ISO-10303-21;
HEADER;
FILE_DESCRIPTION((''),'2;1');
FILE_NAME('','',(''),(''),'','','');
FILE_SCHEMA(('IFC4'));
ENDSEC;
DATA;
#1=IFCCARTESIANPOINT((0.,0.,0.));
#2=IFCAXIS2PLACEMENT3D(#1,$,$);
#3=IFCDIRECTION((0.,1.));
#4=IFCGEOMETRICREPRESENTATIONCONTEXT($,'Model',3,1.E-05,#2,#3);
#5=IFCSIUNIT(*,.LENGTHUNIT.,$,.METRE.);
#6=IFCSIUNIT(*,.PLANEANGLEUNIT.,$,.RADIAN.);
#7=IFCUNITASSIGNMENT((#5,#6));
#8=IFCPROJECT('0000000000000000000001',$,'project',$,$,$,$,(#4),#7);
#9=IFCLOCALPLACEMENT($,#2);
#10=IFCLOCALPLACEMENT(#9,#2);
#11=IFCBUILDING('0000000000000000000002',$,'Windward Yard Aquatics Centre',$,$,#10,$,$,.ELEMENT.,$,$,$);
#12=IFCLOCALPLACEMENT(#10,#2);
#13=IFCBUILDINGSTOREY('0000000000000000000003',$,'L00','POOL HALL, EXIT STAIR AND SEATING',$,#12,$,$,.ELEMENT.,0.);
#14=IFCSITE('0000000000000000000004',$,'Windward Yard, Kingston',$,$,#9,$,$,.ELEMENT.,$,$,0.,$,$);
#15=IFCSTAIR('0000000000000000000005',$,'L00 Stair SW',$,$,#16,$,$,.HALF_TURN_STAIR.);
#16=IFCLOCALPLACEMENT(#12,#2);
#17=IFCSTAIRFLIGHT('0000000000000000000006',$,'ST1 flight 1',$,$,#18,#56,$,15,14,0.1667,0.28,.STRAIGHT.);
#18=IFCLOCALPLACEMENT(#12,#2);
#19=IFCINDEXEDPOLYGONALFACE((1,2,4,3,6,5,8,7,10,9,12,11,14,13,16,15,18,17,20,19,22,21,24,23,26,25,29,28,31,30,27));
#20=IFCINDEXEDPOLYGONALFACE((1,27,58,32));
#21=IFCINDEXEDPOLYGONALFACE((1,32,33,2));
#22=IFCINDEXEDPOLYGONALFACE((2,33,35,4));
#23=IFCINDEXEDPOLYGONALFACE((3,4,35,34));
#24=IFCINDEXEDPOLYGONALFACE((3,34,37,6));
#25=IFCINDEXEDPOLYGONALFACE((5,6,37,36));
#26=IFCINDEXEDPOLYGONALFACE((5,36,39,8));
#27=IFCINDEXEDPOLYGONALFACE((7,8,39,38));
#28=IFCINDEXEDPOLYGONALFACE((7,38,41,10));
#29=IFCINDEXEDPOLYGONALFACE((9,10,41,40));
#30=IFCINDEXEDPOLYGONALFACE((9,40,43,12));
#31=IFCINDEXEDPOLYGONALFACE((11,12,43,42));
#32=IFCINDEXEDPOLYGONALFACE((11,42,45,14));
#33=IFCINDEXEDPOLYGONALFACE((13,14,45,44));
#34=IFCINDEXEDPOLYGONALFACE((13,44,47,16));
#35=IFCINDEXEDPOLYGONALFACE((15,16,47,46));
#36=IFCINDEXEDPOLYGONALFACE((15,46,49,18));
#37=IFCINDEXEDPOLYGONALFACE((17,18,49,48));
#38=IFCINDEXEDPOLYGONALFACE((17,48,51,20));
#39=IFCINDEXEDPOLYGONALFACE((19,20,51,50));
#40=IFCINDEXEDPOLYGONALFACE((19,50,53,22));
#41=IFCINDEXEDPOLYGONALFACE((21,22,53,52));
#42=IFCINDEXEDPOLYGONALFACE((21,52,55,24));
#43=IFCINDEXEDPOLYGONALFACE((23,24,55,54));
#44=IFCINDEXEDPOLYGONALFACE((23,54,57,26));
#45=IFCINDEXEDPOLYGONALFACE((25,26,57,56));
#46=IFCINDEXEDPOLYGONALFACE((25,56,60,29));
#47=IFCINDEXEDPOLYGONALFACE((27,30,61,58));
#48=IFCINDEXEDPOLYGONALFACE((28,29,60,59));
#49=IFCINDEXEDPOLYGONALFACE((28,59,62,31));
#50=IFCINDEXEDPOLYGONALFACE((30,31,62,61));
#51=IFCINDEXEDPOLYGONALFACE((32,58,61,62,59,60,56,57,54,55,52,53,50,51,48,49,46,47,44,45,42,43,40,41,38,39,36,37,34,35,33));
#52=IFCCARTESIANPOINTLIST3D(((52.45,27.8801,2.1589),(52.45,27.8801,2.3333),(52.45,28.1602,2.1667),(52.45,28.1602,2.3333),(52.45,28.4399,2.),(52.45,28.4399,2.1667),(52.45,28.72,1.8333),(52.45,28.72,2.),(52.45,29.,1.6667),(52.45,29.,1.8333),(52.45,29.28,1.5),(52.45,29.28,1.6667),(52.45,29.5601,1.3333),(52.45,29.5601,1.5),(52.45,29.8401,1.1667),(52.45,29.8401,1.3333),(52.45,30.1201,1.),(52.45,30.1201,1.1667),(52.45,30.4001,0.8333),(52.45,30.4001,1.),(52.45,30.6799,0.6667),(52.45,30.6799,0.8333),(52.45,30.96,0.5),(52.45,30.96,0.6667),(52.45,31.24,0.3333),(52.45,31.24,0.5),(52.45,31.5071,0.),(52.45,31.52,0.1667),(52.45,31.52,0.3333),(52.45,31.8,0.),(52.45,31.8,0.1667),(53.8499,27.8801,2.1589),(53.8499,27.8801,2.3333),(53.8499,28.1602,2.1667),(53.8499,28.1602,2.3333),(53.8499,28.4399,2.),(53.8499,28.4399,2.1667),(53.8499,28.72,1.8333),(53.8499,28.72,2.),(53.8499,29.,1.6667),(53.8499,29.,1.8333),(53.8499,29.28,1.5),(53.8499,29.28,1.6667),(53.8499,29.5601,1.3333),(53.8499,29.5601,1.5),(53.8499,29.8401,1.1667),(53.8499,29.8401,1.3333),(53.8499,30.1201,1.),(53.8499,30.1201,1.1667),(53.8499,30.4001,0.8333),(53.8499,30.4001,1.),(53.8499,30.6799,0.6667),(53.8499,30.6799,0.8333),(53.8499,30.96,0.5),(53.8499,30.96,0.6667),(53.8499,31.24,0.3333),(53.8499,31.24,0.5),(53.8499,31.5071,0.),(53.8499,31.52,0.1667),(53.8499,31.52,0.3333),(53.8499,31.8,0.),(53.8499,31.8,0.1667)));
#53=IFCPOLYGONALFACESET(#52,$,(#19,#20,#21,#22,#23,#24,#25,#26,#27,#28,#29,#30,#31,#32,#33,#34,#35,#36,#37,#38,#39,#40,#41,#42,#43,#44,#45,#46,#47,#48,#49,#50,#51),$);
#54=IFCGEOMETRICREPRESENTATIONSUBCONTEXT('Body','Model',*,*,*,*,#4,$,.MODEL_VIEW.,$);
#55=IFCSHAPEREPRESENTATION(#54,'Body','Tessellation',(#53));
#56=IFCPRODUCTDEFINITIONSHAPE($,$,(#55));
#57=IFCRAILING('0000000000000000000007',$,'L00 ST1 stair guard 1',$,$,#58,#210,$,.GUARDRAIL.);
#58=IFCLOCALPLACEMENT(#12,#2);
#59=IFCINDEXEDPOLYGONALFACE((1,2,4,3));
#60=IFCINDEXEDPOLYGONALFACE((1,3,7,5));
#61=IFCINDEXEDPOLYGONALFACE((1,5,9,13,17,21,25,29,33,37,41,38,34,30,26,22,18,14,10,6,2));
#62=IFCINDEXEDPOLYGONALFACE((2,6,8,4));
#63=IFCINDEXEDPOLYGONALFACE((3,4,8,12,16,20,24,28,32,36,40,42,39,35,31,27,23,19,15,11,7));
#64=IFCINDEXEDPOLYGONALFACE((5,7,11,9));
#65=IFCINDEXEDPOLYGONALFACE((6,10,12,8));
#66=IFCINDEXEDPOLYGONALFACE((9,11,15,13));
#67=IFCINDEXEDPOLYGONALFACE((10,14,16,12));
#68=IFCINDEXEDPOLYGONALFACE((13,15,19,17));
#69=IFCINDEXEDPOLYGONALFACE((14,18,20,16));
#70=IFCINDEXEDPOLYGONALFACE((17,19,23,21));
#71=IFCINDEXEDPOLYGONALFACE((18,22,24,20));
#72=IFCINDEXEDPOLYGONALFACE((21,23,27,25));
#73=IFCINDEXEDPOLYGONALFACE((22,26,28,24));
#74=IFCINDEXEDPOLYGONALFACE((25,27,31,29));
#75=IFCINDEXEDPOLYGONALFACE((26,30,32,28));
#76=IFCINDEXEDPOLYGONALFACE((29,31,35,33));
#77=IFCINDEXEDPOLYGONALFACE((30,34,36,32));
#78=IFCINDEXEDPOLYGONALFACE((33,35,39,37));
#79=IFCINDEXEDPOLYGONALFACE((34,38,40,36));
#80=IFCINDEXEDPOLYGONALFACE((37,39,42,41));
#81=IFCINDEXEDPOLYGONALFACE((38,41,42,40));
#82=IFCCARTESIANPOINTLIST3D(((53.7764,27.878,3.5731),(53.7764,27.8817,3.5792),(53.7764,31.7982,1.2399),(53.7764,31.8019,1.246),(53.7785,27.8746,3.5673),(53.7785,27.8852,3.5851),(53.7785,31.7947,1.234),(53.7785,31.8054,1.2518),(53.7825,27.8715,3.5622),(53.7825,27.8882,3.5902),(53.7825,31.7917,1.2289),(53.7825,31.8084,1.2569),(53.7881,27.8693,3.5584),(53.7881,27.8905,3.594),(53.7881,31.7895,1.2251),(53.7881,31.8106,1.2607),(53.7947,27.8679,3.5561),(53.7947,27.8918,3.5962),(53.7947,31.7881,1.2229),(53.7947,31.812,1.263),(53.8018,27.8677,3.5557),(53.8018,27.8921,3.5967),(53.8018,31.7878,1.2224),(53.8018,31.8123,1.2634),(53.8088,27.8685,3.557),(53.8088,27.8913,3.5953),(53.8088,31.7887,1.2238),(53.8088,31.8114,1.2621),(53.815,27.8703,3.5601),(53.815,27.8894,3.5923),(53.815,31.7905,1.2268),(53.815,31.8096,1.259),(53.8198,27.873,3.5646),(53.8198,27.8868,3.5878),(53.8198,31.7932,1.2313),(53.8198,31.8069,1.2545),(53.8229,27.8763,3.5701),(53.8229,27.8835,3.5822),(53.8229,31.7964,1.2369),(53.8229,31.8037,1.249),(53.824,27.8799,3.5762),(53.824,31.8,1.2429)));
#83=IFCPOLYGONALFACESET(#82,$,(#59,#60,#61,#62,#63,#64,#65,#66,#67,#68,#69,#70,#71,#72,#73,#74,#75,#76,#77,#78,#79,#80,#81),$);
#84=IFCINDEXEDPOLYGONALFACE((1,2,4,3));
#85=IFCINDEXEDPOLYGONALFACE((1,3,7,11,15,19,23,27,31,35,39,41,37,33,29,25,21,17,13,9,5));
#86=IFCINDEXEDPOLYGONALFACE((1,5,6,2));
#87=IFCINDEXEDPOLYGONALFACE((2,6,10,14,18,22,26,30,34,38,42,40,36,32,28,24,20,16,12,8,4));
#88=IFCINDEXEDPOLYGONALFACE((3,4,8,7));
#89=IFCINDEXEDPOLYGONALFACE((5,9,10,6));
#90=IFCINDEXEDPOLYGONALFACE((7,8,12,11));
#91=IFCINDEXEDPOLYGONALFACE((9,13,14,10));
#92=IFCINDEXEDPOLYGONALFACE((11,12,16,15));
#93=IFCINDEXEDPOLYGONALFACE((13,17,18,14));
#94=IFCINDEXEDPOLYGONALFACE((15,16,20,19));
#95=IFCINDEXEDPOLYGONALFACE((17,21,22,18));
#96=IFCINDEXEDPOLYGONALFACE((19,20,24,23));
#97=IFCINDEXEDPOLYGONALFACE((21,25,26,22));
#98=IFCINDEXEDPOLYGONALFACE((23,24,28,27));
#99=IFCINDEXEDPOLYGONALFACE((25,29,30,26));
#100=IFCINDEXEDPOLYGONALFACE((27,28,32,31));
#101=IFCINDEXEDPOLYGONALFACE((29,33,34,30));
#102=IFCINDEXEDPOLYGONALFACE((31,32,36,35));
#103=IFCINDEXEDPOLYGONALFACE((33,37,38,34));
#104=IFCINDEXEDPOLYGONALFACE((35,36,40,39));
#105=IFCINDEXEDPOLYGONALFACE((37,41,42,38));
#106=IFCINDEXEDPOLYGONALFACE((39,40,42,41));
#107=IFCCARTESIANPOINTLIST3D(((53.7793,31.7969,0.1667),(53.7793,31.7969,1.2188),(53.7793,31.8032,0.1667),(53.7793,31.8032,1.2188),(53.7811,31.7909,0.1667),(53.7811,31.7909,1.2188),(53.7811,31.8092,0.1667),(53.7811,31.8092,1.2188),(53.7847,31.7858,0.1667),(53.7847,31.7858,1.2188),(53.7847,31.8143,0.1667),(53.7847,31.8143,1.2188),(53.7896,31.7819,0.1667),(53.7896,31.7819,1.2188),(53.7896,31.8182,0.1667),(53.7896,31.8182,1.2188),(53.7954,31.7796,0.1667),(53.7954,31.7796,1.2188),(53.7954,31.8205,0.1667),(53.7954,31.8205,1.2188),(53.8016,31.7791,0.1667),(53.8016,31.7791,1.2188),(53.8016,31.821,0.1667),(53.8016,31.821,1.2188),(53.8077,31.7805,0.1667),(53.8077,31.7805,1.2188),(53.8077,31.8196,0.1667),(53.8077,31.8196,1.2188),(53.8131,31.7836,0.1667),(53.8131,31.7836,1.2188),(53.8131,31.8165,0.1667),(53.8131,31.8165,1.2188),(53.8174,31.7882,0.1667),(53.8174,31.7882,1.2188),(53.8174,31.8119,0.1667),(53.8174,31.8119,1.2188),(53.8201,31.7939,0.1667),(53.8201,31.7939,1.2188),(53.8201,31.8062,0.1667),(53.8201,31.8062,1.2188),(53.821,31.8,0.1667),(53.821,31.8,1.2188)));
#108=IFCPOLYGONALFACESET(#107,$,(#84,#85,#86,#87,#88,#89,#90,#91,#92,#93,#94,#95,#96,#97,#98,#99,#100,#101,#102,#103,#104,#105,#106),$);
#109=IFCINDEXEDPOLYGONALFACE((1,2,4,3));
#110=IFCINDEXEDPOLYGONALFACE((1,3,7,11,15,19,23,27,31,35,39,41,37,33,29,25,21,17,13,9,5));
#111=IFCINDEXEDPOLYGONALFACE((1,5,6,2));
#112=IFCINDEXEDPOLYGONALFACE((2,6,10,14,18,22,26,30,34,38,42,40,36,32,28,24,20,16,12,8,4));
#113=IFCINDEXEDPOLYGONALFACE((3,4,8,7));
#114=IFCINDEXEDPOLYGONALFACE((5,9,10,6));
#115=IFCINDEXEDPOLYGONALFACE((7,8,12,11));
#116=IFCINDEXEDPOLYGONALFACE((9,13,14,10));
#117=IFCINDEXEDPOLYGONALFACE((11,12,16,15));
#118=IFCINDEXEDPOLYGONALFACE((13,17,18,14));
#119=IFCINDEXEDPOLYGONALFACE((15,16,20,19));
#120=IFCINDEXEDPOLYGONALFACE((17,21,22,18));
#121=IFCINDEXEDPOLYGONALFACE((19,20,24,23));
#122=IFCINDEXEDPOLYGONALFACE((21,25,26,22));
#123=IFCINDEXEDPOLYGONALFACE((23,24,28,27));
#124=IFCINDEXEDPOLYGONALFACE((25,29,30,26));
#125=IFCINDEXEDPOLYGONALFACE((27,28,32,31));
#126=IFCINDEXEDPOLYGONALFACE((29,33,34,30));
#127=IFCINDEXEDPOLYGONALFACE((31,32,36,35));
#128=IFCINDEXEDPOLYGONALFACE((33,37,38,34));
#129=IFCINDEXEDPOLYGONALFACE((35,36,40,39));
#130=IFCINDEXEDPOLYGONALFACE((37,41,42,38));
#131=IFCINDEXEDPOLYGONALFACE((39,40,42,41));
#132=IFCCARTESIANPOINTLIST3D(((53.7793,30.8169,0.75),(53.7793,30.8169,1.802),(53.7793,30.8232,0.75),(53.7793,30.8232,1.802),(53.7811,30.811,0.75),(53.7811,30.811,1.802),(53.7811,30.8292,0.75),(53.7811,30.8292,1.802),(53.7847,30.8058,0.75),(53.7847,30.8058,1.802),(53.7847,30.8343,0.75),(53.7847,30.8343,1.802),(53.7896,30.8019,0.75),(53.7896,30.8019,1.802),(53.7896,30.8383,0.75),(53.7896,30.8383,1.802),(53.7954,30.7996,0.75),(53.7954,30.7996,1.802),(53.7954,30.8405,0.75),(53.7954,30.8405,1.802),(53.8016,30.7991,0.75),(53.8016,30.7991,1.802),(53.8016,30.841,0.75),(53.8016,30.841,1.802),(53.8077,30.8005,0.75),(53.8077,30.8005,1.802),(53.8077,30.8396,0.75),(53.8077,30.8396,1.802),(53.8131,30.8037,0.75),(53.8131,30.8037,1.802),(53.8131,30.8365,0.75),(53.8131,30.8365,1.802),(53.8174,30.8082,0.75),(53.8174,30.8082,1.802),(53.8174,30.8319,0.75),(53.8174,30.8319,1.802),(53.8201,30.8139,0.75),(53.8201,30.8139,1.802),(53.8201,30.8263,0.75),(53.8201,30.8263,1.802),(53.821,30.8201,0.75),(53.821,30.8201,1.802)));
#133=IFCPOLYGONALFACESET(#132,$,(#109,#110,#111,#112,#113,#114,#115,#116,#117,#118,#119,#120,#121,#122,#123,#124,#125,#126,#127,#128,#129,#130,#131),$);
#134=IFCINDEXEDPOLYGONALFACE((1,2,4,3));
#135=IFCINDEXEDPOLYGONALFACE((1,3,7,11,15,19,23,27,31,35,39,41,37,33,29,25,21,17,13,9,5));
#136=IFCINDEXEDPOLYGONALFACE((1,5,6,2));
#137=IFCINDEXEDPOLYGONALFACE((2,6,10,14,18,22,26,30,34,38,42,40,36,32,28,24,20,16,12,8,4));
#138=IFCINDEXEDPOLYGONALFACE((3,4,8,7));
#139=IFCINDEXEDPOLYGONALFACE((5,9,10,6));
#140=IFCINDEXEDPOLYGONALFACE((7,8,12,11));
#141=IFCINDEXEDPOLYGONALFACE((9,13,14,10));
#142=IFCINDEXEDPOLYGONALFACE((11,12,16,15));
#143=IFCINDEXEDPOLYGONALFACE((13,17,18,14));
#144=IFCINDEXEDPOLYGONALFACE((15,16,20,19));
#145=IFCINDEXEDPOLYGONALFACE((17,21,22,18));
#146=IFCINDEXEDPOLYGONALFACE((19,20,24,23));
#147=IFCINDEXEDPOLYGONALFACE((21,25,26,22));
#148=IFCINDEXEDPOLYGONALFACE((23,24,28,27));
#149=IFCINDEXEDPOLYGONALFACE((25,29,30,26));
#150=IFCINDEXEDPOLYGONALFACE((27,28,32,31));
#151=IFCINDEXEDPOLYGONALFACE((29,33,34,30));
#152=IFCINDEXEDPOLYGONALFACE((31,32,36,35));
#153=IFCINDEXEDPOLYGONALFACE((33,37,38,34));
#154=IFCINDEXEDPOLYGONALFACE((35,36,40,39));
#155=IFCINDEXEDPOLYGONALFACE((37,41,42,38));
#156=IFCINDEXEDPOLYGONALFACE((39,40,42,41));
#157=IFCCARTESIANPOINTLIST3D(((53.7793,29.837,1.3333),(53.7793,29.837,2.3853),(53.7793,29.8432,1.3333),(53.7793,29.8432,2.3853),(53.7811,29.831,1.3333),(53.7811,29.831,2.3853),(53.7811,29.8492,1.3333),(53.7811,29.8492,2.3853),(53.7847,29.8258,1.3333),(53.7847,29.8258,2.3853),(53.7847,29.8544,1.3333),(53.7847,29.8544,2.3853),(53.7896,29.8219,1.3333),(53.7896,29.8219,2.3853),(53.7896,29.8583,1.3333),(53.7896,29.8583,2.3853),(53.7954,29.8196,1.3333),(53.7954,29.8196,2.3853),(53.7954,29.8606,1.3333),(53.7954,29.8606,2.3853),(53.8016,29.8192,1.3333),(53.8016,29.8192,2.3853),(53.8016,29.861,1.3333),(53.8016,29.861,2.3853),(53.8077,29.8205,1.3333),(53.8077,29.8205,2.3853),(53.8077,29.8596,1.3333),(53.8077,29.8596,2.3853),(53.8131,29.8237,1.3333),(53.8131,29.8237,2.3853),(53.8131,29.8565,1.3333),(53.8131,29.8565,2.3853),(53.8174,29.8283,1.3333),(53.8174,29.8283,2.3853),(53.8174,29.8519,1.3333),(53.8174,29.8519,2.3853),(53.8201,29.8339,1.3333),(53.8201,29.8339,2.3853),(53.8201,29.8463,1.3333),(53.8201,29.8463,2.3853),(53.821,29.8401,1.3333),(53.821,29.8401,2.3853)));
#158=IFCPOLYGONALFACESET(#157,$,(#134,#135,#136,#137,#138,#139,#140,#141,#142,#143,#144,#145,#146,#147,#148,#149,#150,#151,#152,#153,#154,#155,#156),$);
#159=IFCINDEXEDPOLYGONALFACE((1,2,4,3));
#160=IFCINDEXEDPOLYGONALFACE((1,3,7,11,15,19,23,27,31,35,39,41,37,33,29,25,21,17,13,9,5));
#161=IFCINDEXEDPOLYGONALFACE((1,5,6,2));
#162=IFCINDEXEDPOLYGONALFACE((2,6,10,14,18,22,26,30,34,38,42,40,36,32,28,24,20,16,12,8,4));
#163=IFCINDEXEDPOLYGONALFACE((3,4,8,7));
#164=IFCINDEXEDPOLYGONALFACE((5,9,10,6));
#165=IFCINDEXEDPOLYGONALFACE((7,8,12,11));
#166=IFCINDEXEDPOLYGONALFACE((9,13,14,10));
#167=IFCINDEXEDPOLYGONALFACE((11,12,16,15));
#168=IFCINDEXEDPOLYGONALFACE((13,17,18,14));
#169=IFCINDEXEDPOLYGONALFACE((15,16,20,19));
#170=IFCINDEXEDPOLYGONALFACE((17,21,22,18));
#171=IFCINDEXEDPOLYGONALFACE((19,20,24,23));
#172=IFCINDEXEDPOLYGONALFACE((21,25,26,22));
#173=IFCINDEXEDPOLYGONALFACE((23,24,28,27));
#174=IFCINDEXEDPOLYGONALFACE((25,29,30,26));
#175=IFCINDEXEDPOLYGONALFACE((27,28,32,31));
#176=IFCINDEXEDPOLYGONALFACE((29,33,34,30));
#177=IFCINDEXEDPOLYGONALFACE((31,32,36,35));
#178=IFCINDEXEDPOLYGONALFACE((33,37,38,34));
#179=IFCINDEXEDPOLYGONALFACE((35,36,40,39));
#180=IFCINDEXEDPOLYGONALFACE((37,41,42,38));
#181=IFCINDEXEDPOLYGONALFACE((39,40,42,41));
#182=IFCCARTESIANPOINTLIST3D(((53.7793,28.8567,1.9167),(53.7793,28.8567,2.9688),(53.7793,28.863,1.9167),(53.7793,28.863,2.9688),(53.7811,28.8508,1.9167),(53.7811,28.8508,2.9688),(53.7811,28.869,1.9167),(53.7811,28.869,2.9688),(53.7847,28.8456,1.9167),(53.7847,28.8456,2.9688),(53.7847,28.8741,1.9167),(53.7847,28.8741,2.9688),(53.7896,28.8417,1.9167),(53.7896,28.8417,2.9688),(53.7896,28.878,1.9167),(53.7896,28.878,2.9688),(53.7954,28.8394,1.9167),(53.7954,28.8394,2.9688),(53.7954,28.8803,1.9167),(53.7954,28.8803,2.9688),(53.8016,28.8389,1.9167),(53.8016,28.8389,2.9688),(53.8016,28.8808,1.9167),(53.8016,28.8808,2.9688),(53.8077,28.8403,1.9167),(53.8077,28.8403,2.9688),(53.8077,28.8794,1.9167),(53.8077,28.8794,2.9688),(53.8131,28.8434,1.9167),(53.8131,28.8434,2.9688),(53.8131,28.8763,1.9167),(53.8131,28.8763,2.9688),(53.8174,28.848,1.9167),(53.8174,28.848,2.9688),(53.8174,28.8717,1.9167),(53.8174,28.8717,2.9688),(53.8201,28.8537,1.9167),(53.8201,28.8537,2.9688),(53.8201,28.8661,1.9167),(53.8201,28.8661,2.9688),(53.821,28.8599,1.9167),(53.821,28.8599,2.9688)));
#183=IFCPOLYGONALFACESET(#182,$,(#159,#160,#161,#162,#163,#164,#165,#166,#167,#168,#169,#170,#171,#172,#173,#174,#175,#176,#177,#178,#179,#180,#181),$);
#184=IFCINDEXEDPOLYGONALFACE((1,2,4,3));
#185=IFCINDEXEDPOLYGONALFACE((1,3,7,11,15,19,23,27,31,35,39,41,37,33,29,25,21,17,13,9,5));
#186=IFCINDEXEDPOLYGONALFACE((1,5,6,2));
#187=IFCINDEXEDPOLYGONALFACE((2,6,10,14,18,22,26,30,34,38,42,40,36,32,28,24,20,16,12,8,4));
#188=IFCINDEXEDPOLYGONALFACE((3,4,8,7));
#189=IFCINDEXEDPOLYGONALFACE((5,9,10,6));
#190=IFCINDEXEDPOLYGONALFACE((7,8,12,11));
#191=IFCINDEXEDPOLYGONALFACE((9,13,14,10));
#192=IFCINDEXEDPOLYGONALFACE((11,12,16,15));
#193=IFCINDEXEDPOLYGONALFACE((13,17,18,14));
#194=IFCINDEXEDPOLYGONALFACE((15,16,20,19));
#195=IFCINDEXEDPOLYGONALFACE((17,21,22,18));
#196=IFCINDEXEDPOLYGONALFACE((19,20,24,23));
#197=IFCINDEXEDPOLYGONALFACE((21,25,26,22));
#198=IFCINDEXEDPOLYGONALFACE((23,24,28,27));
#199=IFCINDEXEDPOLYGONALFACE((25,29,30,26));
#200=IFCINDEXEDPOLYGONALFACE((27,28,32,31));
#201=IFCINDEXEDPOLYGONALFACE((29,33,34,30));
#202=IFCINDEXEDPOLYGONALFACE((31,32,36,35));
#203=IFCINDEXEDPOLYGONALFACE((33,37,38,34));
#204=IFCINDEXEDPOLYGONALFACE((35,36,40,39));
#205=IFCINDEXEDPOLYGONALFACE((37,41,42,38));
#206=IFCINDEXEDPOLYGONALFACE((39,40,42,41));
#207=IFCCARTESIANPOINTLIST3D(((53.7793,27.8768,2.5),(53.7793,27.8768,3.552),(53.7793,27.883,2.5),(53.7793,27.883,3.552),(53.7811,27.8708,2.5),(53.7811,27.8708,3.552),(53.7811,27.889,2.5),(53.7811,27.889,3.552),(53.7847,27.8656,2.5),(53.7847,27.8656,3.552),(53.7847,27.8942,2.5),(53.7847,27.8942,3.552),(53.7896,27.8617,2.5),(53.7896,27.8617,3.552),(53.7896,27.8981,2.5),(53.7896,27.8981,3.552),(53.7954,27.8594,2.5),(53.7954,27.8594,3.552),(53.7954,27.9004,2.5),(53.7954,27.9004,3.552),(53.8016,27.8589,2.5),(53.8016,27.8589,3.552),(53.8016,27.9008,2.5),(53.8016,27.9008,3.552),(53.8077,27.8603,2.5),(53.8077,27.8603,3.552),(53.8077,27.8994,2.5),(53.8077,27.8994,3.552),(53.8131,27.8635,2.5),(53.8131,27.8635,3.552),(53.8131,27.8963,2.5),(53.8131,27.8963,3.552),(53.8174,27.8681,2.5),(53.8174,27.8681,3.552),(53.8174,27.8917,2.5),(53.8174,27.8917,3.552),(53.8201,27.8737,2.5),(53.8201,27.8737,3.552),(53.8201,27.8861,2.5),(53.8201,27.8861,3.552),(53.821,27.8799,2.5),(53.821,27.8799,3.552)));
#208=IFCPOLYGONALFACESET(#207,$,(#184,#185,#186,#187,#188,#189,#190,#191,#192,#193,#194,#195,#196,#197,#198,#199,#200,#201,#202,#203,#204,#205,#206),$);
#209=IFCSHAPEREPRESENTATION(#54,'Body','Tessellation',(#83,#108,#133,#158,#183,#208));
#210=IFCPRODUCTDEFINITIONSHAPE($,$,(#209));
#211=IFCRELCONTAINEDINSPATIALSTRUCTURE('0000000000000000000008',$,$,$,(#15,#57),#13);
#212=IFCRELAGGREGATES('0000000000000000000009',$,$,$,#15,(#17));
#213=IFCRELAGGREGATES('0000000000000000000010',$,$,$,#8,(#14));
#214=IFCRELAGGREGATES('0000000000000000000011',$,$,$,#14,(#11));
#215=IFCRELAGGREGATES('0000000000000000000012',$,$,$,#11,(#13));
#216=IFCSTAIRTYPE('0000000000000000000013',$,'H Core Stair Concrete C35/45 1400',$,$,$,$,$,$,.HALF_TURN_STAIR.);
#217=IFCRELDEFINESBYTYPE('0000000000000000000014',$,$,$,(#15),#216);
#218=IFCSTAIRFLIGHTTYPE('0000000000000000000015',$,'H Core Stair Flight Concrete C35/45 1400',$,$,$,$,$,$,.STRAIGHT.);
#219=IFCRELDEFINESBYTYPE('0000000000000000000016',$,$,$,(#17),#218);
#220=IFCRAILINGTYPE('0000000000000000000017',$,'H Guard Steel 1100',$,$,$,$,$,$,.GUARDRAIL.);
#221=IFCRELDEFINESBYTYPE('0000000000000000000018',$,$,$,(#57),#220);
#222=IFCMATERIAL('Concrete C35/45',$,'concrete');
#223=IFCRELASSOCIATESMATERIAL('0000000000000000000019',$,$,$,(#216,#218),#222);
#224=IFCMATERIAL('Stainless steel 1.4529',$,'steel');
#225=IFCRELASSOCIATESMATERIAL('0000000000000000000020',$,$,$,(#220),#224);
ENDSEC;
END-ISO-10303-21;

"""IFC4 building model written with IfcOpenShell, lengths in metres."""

from ifc_helpers import new_model, si_unit, direction, frame, origin, origin_2d, place, context, subcontext, project, spatial, polyline, circle, outline, extrude, material, type_object, element, aggregate, save


model = new_model("IFC4")

# Units and contexts
model_context = context("Model", 3, precision=1e-05, world=origin(), true_north=direction((0.0, 1.0)))
body_context = subcontext(model_context, "Body", "Model", "MODEL_VIEW")
ifc_project = project(units=[si_unit("LENGTHUNIT", "METRE"), si_unit("PLANEANGLEUNIT", "RADIAN")], contexts=[model_context])

# Site, building, storey
site_placement = place(None, origin())
site = spatial("IfcSite", under=ifc_project, at=site_placement, Name="Windward Yard, Kingston", CompositionType="ELEMENT", RefElevation=0.0)
building_placement = place(site_placement, origin())
building = spatial("IfcBuilding", under=site, at=building_placement, Name="Windward Yard Aquatics Centre", CompositionType="ELEMENT")
storey_placement = place(building_placement, origin())
storey = spatial("IfcBuildingStorey", under=building, at=storey_placement, Name="L00", Description="POOL HALL, EXIT STAIR AND SEATING", CompositionType="ELEMENT", Elevation=0.0)

# Shared definitions
ifc_material_1 = material(Name="Concrete C35/45", Category="concrete")

# Stair, stair flight
stair_type = type_object("IfcStairType", Name="H Core Stair Concrete C35/45 1400", PredefinedType="HALF_TURN_STAIR", material=ifc_material_1)
stair_placement = place(storey_placement, origin())
stair = element("IfcStair", 1, at=stair_placement, inside=storey, type_object=stair_type, Name="L00 Stair SW", PredefinedType="HALF_TURN_STAIR")
stair_flight_type = type_object("IfcStairFlightType", Name="H Core Stair Flight Concrete C35/45 1400", PredefinedType="STRAIGHT", material=ifc_material_1)
stair_flight_placement = place(storey_placement, frame((53.1499, 31.8, 0.0), z_axis=(0.0, 0.0, 1.0), x_axis=(0.0, -1.0, 0.0)))
stair_flight = element("IfcStairFlight", 2, at=stair_flight_placement, type_object=stair_flight_type, Name="ST1 flight 1", NumberOfRisers=15, NumberOfTreads=14, PredefinedType="STRAIGHT", RiserHeight=0.1667, TreadLength=0.28, context=body_context, shape_type="SweptSolid", body=[
    extrude(outline(polyline([(0.0, 0.0), (0.0, 0.1667), (0.28, 0.1667), (0.28, 0.3333), (0.5601, 0.3333), (0.5601, 0.5), (0.8401, 0.5), (0.8401, 0.6667), (1.1201, 0.6667), (1.1201, 0.8333), (1.3999, 0.8333), (1.3999, 1.0), (1.6799, 1.0), (1.6799, 1.1667), (1.96, 1.1667), (1.96, 1.3333), (2.24, 1.3333), (2.24, 1.5), (2.52, 1.5), (2.52, 1.6667), (2.8, 1.6667), (2.8, 1.8333), (3.0801, 1.8333), (3.0801, 2.0), (3.3601, 2.0), (3.3601, 2.1667), (3.6399, 2.1667), (3.6399, 2.3333), (3.9199, 2.3333), (3.9199, 2.5), (3.9199, 2.1589), (0.293, 0.0), (0.0, 0.0)])), frame((0.0, 0.7, 0.0), z_axis=(0.0, -1.0, 0.0), x_axis=(1.0, 0.0, 0.0)), (0.0, 0.0, 1.0), 1.3999),
])
aggregate(stair, [stair_flight])

# Railing
ifc_material_2 = material(Name="Stainless steel 1.4529", Category="steel")
railing_type_1 = type_object("IfcRailingType", Name="H Guard Steel 1100", PredefinedType="GUARDRAIL", material=ifc_material_2)
railing_1_placement = place(storey_placement, frame((53.8, 31.8, 0.1667)))
element("IfcRailing", 3, at=railing_1_placement, inside=storey, type_object=railing_type_1, Name="L00 ST1 stair guard 1", PredefinedType="GUARDRAIL", context=body_context, shape_type="SweptSolid", body=[
    extrude(circle(Radius=0.0239, at=origin_2d()), frame((0.0, 0.0, 1.0762), z_axis=(0.0, -0.85931, 0.511455), x_axis=(1.0, 0.0, 0.0)), (0.0, 0.0, 1.0), 4.562),
    extrude(circle(Radius=0.021, at=origin_2d()), origin(), (0.0, 0.0, 1.0), 1.052),
    extrude(circle(Radius=0.021, at=origin_2d()), frame((0.0, -0.98, 0.5833)), (0.0, 0.0, 1.0), 1.052),
    extrude(circle(Radius=0.021, at=origin_2d()), frame((0.0, -1.96, 1.1665)), (0.0, 0.0, 1.0), 1.052),
    extrude(circle(Radius=0.021, at=origin_2d()), frame((0.0, -2.9402, 1.75)), (0.0, 0.0, 1.0), 1.052),
    extrude(circle(Radius=0.021, at=origin_2d()), frame((0.0, -3.9202, 2.3333)), (0.0, 0.0, 1.0), 1.052),
])

save(model, "model.ifc")
